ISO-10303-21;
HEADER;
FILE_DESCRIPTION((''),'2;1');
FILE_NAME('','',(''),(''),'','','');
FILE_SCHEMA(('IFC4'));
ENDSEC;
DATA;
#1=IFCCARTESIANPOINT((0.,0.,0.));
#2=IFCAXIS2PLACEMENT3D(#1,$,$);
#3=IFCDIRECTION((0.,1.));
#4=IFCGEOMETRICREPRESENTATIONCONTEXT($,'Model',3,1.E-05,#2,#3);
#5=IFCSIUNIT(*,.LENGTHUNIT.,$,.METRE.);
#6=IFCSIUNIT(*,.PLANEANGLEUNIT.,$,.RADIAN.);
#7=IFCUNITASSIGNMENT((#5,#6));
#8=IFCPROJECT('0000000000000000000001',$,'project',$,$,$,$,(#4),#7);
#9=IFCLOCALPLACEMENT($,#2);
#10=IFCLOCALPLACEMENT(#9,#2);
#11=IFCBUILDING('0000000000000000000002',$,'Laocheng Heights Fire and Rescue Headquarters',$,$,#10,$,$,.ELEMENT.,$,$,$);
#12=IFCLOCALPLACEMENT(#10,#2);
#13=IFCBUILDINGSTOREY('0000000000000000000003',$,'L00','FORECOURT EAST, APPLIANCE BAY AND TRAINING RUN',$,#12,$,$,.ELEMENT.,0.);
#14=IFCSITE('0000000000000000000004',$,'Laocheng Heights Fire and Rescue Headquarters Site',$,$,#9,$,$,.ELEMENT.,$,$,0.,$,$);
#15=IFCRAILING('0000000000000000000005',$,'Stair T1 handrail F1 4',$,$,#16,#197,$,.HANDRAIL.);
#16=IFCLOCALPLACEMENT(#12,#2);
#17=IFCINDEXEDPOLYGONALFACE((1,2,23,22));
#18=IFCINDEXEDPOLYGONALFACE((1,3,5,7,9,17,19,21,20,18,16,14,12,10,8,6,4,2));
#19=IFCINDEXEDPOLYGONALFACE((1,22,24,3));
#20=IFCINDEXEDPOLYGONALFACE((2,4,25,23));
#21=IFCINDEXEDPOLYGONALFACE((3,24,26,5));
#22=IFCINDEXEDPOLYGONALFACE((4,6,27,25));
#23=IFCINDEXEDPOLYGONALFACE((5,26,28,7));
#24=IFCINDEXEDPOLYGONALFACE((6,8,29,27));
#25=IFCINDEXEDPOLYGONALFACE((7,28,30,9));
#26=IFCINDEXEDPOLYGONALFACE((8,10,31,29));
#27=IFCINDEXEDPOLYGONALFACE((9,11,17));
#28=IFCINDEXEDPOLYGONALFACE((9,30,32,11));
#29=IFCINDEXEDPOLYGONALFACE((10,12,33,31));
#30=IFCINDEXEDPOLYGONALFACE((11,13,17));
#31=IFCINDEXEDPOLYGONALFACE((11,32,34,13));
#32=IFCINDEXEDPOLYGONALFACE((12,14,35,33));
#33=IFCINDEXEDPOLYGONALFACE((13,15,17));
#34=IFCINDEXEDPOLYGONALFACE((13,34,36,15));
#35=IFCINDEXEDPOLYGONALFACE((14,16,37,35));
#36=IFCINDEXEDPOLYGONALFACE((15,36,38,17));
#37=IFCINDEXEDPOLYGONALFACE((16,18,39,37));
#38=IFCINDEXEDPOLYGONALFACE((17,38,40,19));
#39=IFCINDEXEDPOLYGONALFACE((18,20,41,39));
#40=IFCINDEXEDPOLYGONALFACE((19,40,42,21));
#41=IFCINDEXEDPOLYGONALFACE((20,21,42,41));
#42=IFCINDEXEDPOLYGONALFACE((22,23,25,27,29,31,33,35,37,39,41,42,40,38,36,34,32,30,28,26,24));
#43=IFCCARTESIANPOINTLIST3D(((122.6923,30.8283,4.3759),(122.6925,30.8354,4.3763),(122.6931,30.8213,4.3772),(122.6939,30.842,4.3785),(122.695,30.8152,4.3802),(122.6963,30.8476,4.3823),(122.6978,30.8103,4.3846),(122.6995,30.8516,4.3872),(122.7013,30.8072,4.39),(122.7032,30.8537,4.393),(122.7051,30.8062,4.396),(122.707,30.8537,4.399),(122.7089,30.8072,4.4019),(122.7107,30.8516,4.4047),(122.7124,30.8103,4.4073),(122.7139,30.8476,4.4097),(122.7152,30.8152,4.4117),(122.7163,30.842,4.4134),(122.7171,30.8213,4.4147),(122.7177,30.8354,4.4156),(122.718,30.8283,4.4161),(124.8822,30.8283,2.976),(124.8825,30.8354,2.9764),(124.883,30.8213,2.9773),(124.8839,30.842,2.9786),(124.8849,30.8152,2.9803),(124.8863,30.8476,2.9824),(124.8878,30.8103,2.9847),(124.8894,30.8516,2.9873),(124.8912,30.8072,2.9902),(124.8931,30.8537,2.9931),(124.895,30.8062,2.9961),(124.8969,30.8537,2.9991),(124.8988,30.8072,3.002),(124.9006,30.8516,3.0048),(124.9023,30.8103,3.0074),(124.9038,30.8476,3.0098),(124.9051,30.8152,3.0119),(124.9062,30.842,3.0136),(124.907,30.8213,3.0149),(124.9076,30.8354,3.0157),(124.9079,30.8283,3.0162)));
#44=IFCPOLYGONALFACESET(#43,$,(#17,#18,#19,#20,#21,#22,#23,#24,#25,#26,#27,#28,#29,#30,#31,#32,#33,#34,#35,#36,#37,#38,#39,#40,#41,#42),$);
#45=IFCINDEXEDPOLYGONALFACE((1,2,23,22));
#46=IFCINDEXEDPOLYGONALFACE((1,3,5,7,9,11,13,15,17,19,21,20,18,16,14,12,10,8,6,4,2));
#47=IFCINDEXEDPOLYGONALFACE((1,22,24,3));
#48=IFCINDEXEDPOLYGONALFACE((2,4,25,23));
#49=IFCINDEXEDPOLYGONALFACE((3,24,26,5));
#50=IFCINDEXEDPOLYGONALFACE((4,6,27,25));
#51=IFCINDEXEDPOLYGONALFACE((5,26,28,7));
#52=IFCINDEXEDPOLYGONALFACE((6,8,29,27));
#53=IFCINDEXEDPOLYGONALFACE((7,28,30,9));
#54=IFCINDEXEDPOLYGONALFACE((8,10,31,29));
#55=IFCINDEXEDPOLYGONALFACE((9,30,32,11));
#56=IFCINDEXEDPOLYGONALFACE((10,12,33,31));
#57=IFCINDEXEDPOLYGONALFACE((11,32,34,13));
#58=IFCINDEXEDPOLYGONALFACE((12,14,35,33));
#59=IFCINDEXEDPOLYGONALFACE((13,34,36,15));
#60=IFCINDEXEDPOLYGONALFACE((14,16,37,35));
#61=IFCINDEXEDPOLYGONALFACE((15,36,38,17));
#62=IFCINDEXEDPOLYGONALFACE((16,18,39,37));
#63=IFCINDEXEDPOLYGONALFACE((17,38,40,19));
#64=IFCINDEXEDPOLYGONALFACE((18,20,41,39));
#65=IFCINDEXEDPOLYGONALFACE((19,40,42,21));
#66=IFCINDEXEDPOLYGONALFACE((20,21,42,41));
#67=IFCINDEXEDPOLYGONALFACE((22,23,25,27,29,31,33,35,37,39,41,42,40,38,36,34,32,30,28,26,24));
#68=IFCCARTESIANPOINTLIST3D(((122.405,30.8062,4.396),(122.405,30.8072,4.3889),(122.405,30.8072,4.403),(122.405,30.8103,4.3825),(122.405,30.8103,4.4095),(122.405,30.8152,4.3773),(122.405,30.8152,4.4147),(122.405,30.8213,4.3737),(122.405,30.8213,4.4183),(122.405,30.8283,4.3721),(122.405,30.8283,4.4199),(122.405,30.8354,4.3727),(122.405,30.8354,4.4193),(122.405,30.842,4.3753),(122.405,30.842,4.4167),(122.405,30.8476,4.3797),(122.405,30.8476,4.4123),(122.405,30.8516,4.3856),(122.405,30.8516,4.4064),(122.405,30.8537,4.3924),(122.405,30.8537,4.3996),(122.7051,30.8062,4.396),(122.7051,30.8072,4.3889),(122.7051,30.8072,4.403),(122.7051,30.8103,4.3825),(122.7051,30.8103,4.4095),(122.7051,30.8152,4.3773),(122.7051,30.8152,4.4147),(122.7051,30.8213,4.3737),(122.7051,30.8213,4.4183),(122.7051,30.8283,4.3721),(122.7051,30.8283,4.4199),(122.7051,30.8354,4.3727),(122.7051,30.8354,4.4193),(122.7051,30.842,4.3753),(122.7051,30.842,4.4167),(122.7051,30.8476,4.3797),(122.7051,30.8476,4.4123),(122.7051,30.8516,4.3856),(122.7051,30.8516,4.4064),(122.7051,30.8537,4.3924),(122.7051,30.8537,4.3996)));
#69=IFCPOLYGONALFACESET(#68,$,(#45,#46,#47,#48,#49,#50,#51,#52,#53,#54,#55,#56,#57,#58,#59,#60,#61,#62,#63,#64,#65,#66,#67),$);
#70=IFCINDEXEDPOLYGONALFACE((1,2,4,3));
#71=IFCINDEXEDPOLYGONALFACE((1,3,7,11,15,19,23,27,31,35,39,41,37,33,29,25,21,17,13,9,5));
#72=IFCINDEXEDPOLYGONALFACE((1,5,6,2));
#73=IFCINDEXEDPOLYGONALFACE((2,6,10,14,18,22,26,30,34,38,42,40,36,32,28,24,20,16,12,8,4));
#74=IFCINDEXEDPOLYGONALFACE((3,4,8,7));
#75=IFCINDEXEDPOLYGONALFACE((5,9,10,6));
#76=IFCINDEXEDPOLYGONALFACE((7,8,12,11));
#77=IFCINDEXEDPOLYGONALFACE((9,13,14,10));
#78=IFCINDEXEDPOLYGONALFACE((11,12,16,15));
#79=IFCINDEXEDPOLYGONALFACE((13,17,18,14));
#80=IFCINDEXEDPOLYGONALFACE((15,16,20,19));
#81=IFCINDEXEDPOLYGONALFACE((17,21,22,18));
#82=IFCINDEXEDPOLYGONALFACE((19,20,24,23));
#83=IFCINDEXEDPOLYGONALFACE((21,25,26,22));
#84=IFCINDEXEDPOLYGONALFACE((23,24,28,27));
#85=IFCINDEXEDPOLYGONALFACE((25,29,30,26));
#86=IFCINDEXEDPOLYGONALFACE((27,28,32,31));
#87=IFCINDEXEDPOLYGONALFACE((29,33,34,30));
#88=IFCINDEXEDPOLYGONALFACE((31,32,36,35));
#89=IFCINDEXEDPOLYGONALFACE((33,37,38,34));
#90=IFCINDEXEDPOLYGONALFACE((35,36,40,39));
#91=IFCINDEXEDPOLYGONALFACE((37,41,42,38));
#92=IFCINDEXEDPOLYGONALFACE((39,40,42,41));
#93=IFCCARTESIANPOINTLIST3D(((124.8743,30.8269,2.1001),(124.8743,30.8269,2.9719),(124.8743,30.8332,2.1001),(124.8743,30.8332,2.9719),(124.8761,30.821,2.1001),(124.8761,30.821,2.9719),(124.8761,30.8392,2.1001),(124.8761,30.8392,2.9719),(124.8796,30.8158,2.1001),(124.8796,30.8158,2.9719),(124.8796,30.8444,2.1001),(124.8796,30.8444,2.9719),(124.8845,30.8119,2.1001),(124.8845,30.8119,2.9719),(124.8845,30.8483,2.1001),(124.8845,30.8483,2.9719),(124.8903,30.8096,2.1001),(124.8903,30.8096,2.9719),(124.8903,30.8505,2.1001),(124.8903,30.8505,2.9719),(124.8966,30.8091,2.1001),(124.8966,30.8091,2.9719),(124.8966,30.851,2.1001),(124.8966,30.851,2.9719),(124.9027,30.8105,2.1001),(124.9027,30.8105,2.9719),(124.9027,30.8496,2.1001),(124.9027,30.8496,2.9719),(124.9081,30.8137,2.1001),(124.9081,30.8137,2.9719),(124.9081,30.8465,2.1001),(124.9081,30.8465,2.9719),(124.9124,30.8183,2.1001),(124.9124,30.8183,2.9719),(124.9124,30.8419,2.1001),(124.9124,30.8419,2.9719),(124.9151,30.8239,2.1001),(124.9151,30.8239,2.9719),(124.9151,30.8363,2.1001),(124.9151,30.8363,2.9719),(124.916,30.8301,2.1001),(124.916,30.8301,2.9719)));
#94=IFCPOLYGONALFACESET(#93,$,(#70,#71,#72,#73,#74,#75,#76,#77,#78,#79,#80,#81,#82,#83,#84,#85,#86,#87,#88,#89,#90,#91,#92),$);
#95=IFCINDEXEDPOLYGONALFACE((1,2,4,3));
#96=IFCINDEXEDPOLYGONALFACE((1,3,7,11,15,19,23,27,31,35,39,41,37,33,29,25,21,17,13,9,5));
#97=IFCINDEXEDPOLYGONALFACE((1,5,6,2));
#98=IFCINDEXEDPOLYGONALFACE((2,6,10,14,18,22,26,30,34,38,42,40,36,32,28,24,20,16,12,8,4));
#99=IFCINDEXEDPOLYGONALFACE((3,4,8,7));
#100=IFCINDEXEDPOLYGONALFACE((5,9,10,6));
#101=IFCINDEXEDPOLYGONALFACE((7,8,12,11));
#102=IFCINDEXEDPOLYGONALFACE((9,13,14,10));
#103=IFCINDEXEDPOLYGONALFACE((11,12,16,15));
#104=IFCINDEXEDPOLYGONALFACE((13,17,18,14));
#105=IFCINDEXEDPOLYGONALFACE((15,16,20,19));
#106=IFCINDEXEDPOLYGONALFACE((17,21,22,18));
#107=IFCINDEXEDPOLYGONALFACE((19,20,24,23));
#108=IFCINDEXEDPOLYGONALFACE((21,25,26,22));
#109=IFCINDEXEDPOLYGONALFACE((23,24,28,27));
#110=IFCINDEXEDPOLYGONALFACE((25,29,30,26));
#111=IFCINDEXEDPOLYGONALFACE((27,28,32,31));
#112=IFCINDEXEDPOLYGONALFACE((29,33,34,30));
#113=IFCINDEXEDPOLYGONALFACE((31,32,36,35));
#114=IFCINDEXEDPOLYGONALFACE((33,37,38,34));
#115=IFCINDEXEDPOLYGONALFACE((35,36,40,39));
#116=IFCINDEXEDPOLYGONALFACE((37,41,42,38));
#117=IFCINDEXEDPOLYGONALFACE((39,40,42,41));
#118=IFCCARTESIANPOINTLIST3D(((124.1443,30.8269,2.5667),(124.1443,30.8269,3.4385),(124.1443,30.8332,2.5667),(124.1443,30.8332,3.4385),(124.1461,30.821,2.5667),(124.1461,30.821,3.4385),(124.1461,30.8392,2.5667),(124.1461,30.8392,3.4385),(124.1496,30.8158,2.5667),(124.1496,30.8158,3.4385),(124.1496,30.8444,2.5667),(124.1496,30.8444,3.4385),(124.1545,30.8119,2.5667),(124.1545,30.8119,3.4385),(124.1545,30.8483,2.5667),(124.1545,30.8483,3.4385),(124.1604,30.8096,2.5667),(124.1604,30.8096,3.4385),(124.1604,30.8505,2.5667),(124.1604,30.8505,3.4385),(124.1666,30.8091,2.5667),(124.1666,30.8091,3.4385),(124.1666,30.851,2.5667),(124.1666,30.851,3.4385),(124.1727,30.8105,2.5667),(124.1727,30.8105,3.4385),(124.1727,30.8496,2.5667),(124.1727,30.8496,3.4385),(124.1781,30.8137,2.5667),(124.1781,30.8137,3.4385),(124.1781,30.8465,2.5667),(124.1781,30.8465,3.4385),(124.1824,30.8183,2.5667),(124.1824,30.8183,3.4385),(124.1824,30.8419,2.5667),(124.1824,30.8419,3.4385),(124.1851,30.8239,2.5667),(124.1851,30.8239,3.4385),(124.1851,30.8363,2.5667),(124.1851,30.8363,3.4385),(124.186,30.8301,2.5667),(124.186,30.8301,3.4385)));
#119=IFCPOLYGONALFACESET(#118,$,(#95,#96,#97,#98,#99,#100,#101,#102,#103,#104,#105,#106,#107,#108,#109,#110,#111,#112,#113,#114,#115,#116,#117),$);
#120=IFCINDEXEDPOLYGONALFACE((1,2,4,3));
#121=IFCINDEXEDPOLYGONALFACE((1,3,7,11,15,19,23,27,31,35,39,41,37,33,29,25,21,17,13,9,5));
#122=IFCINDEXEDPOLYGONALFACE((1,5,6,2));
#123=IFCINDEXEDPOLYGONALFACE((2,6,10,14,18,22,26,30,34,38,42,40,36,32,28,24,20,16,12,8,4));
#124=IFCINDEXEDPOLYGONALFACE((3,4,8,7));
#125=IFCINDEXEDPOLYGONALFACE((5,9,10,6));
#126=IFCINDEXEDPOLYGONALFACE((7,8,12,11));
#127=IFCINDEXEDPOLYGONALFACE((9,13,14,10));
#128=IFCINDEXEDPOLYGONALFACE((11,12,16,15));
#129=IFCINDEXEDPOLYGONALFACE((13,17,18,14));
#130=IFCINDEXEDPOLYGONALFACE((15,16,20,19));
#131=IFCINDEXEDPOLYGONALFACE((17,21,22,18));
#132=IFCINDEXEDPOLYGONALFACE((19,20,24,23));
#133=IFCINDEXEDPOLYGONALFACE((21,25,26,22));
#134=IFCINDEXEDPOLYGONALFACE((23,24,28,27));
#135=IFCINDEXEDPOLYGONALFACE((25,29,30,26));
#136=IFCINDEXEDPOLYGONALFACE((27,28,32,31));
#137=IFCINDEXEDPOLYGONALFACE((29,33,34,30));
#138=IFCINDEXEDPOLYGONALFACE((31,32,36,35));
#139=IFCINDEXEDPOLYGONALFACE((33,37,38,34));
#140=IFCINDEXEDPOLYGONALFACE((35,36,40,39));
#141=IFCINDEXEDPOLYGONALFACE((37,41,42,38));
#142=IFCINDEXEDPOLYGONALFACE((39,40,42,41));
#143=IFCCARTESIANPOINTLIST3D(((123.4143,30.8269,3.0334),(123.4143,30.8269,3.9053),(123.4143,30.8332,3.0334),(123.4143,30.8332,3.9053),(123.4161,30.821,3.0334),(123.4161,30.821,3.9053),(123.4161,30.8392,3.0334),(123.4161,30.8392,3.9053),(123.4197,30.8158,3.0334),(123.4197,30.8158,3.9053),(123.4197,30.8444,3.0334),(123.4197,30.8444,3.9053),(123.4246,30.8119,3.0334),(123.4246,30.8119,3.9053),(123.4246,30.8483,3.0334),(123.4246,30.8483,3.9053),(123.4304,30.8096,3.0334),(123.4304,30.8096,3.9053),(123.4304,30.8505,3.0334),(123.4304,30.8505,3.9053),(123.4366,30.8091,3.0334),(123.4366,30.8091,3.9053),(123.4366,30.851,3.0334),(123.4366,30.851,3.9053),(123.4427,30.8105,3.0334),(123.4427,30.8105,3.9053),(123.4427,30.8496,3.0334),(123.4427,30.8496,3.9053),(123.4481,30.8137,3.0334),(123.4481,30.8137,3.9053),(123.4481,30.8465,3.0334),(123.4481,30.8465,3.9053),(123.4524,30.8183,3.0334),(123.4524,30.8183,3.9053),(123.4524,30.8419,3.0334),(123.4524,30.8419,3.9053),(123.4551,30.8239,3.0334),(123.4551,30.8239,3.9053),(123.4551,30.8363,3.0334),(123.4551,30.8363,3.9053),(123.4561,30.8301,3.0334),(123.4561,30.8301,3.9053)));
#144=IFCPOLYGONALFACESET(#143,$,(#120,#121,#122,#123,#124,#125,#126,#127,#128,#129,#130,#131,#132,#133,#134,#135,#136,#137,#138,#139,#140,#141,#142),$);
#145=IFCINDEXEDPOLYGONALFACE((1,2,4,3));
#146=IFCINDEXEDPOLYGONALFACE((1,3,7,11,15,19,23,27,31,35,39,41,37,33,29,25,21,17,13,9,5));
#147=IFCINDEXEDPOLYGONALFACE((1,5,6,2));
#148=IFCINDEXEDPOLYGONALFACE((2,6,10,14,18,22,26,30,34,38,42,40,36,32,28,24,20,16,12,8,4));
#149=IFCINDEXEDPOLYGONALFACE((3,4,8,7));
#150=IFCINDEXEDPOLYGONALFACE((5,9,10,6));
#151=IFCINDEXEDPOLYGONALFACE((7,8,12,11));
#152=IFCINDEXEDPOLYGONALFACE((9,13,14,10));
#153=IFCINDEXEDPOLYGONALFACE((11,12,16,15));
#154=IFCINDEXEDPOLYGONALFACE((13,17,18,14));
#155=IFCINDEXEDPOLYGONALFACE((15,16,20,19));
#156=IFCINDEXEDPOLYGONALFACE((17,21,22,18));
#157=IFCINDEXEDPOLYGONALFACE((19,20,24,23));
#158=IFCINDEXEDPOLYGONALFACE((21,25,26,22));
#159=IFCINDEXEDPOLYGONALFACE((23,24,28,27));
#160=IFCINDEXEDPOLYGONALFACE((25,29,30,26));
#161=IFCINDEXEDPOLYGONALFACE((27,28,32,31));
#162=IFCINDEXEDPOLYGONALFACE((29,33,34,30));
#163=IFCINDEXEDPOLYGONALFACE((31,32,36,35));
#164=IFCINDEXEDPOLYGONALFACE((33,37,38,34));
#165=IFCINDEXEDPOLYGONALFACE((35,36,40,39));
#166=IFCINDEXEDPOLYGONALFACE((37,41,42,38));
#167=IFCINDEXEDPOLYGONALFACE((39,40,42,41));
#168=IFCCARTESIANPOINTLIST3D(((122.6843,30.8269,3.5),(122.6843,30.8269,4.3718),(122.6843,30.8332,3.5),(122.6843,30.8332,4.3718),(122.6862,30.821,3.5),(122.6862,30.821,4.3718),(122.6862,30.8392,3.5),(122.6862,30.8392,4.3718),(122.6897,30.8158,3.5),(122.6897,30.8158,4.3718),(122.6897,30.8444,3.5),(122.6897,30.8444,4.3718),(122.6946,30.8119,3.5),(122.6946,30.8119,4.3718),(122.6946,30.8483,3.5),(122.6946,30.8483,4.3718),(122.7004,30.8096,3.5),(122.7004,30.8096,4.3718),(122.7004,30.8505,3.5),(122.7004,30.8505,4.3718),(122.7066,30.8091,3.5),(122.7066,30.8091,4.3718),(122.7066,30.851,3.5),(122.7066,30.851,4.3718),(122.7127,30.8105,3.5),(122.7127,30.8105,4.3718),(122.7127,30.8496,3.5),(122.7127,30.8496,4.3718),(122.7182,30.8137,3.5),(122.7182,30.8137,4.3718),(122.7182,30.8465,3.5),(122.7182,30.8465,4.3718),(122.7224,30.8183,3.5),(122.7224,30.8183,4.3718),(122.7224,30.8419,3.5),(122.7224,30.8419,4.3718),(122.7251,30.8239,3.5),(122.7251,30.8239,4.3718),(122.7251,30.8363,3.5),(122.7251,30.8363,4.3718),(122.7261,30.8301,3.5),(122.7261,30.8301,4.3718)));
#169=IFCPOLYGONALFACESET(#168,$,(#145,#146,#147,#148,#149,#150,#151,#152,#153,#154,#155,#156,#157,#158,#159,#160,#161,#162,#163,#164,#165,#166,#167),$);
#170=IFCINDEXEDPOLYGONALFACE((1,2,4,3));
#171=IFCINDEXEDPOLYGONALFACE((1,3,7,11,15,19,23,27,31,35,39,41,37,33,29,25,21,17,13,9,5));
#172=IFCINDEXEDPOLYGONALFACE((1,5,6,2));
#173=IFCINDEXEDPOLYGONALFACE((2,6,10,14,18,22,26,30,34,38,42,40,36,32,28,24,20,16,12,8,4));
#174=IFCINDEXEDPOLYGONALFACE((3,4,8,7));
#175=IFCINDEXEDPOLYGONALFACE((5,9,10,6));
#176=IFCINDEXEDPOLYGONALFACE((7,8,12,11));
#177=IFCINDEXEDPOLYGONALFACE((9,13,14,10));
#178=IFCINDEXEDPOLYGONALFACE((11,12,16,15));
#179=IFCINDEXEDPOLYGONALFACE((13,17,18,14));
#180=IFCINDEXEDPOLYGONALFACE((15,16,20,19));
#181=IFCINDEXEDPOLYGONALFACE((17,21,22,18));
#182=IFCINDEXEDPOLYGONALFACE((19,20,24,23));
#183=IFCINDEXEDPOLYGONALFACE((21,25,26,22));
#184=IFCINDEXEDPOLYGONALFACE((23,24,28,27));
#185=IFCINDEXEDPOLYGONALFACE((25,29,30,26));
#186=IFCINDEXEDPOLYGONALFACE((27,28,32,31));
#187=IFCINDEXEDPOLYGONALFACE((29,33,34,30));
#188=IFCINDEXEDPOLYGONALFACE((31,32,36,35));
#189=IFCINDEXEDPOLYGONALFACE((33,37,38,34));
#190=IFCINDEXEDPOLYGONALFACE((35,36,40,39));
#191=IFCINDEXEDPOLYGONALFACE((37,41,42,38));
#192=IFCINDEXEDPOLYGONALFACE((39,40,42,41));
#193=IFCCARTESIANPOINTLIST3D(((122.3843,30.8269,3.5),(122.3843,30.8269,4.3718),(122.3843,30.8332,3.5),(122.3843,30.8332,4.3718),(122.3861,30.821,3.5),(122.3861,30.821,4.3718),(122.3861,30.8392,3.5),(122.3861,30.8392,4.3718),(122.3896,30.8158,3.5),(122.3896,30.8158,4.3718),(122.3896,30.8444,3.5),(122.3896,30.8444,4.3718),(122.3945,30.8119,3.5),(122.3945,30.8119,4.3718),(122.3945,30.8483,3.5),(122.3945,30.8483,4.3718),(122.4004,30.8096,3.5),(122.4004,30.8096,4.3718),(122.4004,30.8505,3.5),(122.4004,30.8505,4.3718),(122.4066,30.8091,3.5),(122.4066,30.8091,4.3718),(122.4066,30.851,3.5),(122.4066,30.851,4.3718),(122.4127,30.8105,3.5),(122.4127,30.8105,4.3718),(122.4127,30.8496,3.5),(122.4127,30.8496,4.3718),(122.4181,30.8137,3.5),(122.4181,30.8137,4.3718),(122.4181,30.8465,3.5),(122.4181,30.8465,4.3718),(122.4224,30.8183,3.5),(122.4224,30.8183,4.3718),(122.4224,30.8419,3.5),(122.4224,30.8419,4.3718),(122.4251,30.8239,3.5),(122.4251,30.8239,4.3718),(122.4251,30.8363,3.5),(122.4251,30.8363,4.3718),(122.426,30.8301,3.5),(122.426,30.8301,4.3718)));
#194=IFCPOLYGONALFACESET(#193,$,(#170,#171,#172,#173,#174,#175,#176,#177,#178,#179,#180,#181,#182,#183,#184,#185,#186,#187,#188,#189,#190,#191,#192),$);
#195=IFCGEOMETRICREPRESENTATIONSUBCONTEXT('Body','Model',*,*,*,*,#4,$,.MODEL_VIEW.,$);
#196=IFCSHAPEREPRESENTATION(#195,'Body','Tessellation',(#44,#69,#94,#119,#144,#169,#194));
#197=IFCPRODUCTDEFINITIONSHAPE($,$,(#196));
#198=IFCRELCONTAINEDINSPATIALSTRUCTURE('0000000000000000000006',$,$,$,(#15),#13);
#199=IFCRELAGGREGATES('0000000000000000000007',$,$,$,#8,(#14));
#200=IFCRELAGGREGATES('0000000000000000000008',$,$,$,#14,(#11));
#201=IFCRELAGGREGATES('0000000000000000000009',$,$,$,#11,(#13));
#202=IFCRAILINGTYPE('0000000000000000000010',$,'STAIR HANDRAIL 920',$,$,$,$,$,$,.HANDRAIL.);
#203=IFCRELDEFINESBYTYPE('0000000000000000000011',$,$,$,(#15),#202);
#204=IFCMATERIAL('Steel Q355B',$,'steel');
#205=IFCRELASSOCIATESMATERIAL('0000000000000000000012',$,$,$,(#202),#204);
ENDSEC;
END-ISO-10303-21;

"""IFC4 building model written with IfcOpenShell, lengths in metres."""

from ifc_helpers import new_model, si_unit, direction, frame, origin, origin_2d, place, context, subcontext, project, spatial, circle, extrude, material, type_object, element, save


model = new_model("IFC4")

# Units and contexts
model_context = context("Model", 3, precision=1e-05, world=origin(), true_north=direction((0.0, 1.0)))
body_context = subcontext(model_context, "Body", "Model", "MODEL_VIEW")
ifc_project = project(units=[si_unit("LENGTHUNIT", "METRE"), si_unit("PLANEANGLEUNIT", "RADIAN")], contexts=[model_context])

# Site, building, storey
site_placement = place(None, origin())
site = spatial("IfcSite", under=ifc_project, at=site_placement, Name="Laocheng Heights Fire and Rescue Headquarters Site", CompositionType="ELEMENT", RefElevation=0.0)
building_placement = place(site_placement, origin())
building = spatial("IfcBuilding", under=site, at=building_placement, Name="Laocheng Heights Fire and Rescue Headquarters", CompositionType="ELEMENT")
storey_placement = place(building_placement, origin())
storey = spatial("IfcBuildingStorey", under=building, at=storey_placement, Name="L00", Description="FORECOURT EAST, APPLIANCE BAY AND TRAINING RUN", CompositionType="ELEMENT", Elevation=0.0)

# Railing
ifc_material_1 = material(Name="Steel Q355B", Category="steel")
railing_type_1 = type_object("IfcRailingType", Name="STAIR HANDRAIL 920", PredefinedType="HANDRAIL", material=ifc_material_1)
railing_1_placement = place(storey_placement, frame((124.895, 30.8301, 2.1001)))
element("IfcRailing", 1, at=railing_1_placement, inside=storey, type_object=railing_type_1, Name="Stair T1 handrail F1 4", PredefinedType="HANDRAIL", context=body_context, shape_type="SweptSolid", body=[
    extrude(circle(Radius=0.0239, at=origin_2d()), frame((0.0, 0.0, 0.896), z_axis=(-0.842561, 0.0, 0.5386), x_axis=(0.0, -1.0, 0.0)), (0.0, 0.0, 1.0), 2.5991),
    extrude(circle(Radius=0.0239, at=origin_2d()), frame((-2.1899, 0.0, 2.2959), z_axis=(-1.0, 0.0, 0.0), x_axis=(0.0, -1.0, 0.0)), (0.0, 0.0, 1.0), 0.3),
    extrude(circle(Radius=0.021, at=origin_2d()), origin(), (0.0, 0.0, 1.0), 0.8718),
    extrude(circle(Radius=0.021, at=origin_2d()), frame((-0.73, 0.0, 0.4666)), (0.0, 0.0, 1.0), 0.8718),
    extrude(circle(Radius=0.021, at=origin_2d()), frame((-1.46, 0.0, 0.9333)), (0.0, 0.0, 1.0), 0.8718),
    extrude(circle(Radius=0.021, at=origin_2d()), frame((-2.1899, 0.0, 1.3999)), (0.0, 0.0, 1.0), 0.8718),
    extrude(circle(Radius=0.021, at=origin_2d()), frame((-2.49, 0.0, 1.3999)), (0.0, 0.0, 1.0), 0.8718),
])

save(model, "model.ifc")
